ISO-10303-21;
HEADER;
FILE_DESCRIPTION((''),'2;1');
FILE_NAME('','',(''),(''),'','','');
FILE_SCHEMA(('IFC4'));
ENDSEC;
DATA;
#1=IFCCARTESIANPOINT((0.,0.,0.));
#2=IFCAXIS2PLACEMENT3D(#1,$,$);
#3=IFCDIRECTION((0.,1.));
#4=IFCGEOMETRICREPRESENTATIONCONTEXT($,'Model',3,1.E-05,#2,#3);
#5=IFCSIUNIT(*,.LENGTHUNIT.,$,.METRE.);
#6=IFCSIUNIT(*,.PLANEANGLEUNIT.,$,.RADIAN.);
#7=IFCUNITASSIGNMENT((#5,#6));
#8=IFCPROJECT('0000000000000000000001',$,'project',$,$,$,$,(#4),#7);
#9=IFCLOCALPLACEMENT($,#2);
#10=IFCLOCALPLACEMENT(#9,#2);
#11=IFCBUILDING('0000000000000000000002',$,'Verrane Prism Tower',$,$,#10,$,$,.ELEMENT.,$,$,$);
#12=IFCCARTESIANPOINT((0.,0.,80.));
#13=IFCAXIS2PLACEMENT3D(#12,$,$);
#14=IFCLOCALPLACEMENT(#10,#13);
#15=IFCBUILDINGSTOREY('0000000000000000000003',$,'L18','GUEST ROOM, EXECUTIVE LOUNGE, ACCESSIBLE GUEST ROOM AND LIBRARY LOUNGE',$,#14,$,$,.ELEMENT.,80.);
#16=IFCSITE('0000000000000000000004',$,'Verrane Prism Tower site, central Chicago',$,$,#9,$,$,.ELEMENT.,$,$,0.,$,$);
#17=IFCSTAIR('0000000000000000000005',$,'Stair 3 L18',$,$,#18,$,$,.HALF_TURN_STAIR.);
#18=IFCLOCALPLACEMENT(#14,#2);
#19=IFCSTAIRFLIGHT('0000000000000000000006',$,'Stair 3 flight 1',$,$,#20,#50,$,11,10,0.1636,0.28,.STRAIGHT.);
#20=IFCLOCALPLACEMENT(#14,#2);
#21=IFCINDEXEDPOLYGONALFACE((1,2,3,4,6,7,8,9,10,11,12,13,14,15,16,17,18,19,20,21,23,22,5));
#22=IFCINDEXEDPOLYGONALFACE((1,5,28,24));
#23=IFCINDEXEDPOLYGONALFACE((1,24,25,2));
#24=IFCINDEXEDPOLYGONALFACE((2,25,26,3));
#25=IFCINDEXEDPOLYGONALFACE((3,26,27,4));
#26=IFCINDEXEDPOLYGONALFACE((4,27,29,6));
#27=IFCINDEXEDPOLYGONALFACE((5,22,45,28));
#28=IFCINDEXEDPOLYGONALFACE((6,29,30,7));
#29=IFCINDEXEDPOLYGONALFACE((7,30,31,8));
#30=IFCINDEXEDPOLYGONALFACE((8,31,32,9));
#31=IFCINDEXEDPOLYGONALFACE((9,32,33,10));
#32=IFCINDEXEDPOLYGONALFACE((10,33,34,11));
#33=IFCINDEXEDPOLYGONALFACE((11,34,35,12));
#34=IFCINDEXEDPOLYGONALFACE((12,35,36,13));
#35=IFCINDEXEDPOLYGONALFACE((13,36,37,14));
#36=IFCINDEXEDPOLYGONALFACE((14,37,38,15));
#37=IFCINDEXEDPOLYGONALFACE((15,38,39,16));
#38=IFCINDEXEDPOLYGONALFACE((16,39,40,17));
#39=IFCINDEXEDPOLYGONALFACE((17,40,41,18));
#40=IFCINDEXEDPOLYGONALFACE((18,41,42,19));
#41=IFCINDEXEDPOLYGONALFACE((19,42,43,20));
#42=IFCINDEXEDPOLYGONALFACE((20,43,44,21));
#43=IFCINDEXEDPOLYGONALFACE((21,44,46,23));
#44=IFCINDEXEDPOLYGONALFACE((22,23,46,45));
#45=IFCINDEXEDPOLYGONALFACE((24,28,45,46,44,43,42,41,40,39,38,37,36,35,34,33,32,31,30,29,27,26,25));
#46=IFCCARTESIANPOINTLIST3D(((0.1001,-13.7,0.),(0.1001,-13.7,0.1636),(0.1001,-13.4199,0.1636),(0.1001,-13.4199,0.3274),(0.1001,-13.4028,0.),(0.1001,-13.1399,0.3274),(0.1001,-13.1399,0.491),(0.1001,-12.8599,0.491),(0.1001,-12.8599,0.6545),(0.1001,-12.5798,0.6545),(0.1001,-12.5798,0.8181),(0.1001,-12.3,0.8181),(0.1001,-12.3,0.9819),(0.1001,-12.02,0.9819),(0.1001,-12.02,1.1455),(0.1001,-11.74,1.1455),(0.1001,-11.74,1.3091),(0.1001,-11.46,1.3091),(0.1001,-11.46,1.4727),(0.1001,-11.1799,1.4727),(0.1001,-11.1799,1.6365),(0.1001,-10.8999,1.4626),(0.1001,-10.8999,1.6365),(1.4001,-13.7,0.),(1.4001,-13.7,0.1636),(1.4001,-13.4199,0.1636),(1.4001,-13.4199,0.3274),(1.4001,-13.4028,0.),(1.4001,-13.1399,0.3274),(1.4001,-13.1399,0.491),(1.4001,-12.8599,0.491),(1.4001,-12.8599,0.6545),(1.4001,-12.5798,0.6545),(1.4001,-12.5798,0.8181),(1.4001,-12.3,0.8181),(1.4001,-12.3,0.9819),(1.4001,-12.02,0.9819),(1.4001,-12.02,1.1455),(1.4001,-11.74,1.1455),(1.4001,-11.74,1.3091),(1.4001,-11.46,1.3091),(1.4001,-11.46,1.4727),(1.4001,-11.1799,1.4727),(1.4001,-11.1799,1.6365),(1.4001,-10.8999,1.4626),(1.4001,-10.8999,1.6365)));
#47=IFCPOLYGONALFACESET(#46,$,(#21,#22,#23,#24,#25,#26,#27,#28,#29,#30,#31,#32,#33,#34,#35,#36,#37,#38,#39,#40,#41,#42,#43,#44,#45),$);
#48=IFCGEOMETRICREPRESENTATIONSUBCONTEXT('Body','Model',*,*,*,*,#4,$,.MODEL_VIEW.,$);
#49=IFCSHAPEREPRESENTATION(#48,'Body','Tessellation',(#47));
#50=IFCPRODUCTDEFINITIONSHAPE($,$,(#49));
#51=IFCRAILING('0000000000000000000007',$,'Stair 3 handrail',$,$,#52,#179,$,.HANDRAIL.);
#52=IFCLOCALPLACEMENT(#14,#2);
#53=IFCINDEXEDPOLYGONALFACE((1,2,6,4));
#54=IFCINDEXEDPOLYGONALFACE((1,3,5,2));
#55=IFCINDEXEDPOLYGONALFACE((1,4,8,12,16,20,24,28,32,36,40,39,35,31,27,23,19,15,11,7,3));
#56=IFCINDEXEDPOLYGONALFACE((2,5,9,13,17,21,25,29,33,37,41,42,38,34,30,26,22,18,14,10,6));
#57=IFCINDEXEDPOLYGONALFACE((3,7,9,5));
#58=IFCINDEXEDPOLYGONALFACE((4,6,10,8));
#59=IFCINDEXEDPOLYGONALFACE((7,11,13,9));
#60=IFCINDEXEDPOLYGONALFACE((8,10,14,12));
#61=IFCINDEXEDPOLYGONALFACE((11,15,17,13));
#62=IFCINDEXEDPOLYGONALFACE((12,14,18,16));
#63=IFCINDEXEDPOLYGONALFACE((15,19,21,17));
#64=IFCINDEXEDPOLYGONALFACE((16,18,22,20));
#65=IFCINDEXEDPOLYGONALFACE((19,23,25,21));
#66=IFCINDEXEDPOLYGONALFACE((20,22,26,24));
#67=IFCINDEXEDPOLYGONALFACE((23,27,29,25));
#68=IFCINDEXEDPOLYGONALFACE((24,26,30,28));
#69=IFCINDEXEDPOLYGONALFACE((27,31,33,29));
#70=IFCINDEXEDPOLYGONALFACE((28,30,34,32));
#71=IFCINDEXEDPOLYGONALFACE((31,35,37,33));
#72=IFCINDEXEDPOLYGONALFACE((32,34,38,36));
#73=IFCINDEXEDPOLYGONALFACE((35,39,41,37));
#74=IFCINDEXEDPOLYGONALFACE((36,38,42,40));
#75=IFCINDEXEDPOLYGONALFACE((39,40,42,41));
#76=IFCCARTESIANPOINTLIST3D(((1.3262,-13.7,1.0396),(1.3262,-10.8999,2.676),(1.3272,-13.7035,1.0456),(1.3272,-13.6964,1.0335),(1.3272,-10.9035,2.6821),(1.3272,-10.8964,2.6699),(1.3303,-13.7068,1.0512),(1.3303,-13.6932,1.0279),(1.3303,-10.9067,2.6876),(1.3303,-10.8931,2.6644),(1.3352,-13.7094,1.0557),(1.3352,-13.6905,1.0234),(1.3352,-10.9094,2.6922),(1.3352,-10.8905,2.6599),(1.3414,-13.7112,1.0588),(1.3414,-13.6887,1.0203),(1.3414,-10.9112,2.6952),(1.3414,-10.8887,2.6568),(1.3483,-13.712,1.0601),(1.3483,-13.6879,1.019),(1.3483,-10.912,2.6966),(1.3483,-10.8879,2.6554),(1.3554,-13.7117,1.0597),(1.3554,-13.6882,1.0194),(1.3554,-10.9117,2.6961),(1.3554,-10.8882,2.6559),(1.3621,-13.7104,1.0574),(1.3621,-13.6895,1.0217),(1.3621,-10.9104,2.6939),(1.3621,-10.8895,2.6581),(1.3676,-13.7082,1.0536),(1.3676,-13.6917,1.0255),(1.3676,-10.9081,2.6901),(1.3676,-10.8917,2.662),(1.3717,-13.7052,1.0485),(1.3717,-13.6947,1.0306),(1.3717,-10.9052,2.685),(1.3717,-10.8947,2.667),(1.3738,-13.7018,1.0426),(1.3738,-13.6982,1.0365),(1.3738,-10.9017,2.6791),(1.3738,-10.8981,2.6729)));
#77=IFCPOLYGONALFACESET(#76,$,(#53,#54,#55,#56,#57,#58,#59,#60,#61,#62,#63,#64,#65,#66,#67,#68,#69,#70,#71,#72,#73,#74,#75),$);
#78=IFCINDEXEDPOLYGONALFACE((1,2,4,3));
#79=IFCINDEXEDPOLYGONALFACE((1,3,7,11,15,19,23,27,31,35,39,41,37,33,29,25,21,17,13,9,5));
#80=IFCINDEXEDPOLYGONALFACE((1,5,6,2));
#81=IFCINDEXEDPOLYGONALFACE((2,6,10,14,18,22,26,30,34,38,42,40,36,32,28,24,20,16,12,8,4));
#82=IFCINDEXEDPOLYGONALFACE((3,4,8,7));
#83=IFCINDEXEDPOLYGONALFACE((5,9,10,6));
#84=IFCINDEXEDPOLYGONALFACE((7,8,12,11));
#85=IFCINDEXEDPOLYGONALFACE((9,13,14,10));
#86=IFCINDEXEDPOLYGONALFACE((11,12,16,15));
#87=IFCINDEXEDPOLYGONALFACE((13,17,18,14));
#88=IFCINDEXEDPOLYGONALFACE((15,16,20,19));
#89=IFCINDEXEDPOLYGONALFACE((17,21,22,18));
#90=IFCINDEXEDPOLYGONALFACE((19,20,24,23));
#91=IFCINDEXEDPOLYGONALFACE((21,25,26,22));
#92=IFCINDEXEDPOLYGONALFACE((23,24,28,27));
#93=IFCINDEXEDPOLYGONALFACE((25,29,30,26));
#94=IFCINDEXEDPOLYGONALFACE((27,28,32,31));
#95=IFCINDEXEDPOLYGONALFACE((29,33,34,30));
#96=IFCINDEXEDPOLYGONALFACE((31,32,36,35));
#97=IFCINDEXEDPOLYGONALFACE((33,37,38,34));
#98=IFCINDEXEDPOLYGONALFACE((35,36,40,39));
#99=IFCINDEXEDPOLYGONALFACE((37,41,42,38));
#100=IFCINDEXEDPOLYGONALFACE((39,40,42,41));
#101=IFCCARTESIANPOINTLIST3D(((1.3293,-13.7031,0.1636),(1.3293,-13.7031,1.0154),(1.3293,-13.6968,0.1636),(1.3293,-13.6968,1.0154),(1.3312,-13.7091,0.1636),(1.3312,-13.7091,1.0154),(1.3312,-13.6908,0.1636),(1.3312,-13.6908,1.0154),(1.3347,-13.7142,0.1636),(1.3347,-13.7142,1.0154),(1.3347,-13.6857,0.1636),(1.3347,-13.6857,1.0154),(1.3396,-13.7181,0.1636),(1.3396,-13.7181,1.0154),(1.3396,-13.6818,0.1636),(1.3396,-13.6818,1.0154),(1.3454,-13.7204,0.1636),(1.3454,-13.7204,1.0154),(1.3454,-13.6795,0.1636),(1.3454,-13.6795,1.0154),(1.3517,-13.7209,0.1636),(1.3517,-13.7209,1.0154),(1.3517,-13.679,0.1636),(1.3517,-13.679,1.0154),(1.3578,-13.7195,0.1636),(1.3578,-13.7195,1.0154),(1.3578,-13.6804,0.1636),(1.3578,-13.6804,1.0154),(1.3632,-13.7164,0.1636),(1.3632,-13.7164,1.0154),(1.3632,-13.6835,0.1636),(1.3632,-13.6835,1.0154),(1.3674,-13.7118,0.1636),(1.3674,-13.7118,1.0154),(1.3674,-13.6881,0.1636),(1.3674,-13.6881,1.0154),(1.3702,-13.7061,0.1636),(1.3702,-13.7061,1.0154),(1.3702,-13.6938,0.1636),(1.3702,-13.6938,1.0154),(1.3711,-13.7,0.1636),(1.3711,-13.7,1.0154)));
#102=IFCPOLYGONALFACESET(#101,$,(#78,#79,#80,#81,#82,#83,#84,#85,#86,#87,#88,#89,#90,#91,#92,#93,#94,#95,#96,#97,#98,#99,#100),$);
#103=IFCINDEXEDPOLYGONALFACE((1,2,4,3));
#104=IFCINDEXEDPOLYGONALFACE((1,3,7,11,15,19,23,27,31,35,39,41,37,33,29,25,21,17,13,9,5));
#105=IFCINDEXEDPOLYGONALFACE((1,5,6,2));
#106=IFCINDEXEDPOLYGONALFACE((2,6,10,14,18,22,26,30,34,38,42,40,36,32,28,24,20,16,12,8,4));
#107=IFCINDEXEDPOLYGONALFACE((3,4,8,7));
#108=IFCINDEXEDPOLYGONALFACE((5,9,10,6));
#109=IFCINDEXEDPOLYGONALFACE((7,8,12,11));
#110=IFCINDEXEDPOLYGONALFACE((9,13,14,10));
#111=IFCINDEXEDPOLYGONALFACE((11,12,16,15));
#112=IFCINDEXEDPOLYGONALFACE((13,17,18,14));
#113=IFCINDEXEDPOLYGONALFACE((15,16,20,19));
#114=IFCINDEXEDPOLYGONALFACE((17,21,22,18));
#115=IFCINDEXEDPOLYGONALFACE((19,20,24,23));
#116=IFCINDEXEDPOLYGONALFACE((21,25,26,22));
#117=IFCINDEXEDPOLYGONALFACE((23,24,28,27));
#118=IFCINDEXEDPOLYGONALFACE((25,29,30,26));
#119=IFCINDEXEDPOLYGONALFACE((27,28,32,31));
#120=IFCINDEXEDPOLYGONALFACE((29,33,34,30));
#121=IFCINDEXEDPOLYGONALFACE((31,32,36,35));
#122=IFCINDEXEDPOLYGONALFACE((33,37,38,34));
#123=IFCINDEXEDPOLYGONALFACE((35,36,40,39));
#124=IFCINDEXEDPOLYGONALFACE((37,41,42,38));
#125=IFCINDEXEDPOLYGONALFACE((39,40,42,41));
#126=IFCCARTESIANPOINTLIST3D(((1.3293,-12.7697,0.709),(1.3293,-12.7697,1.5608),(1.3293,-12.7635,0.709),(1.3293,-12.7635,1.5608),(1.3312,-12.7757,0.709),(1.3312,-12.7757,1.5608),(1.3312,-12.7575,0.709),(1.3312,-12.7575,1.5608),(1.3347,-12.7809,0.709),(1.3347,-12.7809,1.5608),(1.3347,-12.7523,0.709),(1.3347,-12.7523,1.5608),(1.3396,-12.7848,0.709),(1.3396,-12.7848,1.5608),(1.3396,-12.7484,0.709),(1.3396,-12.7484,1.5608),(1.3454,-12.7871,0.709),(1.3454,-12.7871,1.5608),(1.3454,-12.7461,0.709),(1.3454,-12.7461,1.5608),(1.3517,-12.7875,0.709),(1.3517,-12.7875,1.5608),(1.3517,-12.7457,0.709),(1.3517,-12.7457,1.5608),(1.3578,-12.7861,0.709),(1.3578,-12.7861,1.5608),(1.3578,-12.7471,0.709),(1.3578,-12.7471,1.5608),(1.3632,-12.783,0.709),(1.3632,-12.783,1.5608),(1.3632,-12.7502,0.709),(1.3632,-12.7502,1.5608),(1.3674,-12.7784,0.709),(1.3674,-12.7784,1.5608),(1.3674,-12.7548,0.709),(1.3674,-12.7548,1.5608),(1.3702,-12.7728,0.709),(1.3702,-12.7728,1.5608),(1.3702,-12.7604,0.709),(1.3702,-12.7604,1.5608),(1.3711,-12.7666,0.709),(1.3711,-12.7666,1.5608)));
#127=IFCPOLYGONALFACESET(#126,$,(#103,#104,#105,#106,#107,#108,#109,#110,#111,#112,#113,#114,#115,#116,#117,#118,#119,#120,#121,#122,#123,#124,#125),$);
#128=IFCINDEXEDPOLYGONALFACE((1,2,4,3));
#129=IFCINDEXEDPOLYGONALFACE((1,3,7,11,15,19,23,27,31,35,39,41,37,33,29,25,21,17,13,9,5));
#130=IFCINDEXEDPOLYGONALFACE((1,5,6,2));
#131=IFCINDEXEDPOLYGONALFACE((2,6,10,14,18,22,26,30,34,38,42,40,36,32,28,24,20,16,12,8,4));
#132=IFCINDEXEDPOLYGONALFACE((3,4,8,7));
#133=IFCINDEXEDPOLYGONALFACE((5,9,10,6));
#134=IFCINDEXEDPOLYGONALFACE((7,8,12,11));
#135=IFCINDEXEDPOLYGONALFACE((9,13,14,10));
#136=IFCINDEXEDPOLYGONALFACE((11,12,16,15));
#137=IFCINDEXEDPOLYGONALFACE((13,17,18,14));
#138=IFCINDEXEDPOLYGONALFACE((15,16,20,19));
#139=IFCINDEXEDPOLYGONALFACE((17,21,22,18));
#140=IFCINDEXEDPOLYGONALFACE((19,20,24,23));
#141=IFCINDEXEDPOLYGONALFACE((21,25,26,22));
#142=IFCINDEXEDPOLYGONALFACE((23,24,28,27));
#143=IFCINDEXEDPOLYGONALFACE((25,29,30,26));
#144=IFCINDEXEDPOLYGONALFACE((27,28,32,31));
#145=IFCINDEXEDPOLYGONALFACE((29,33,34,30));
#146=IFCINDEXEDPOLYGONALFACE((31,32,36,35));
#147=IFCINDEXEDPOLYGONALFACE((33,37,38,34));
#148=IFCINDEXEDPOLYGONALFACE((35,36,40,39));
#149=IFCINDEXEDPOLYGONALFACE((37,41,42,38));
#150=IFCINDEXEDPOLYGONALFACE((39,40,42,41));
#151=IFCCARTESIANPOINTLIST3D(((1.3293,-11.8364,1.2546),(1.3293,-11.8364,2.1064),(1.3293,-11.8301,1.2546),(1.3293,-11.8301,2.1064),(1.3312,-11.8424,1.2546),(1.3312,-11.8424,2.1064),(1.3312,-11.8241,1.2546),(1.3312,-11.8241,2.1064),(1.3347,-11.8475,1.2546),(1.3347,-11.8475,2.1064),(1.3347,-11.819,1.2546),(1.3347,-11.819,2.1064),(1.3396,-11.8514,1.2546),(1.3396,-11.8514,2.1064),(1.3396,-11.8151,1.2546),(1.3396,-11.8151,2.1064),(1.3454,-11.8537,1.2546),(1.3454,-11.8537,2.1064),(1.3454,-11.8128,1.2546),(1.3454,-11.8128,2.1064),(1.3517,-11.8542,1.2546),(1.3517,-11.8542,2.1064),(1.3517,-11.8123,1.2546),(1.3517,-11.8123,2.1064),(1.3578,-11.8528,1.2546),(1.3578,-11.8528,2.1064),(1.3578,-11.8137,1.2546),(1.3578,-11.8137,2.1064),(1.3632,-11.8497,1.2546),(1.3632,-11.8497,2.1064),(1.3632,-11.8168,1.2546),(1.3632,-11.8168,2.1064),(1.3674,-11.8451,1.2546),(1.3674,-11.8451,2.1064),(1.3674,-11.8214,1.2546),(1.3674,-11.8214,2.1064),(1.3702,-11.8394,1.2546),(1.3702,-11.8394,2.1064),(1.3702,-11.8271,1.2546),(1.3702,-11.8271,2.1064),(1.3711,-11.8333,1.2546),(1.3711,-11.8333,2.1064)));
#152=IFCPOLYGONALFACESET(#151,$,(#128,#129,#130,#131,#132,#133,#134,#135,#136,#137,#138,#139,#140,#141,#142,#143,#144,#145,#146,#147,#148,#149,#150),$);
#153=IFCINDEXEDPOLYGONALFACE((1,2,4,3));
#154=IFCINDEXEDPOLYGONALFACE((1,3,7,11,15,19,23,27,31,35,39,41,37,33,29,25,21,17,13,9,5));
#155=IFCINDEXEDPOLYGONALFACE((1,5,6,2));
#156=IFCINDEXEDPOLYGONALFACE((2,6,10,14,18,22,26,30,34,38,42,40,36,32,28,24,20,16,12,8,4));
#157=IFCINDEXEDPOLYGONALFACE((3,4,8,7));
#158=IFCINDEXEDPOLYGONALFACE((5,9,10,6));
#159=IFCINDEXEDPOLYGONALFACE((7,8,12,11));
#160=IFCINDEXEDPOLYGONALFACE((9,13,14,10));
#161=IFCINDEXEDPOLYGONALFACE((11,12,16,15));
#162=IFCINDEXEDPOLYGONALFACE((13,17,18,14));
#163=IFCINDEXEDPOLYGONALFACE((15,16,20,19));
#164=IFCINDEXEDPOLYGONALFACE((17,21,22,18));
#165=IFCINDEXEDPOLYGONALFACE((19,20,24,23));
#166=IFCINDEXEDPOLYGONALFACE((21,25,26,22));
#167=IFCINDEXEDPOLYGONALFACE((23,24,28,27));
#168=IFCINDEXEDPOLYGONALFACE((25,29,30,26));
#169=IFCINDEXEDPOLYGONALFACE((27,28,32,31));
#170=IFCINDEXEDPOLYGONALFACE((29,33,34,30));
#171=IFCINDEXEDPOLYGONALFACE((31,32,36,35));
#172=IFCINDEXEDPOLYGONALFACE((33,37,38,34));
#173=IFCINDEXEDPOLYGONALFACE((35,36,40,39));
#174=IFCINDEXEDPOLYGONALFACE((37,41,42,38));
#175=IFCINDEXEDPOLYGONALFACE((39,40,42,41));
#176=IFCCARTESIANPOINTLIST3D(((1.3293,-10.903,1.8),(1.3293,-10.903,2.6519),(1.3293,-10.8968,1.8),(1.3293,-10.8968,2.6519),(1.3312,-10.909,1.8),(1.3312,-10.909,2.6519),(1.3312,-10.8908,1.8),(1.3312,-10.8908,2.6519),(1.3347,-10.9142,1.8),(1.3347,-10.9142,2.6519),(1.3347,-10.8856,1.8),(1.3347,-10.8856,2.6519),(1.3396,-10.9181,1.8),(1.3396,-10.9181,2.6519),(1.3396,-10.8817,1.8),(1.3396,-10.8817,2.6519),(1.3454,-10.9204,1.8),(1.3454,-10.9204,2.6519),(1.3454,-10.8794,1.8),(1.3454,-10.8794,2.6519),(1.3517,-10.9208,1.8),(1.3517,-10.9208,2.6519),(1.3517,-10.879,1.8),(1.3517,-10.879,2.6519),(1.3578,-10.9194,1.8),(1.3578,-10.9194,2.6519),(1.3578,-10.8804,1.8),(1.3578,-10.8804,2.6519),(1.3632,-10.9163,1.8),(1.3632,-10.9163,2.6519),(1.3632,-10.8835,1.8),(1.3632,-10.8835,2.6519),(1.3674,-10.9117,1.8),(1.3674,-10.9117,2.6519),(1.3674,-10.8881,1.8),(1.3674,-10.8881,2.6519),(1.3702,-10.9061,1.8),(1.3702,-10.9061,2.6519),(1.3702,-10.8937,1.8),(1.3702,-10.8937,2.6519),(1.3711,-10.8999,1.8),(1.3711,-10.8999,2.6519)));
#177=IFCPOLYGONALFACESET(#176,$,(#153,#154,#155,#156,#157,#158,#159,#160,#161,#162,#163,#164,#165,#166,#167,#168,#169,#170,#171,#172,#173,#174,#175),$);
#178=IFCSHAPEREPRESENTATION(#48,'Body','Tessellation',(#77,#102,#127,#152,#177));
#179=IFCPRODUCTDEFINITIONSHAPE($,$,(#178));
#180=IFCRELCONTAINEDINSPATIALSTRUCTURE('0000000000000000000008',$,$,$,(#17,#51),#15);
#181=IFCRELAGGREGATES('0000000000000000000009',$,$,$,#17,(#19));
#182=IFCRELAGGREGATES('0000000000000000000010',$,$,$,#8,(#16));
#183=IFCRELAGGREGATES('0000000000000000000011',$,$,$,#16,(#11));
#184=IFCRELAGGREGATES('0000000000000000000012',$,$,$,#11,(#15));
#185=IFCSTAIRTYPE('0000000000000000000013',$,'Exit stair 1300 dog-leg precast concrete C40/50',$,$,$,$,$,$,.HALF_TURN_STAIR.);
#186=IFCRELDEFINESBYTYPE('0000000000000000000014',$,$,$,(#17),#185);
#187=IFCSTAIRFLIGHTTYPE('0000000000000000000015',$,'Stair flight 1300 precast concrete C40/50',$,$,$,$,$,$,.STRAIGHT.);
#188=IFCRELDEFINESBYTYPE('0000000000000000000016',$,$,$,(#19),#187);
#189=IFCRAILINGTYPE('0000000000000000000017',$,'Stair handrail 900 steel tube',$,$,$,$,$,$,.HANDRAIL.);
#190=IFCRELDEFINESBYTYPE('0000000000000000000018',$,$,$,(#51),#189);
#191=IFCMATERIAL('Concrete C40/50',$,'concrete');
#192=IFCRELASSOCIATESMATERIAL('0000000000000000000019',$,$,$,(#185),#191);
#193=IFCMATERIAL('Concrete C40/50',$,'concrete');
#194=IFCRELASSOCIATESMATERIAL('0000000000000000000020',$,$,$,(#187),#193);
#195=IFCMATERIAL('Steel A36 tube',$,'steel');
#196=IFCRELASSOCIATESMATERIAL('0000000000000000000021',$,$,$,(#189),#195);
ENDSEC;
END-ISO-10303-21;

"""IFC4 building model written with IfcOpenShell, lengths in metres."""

from ifc_helpers import new_model, si_unit, direction, frame, origin, origin_2d, place, context, subcontext, project, spatial, polyline, circle, outline, extrude, material, type_object, element, aggregate, save


model = new_model("IFC4")

# Units and contexts
model_context = context("Model", 3, precision=1e-05, world=origin(), true_north=direction((0.0, 1.0)))
body_context = subcontext(model_context, "Body", "Model", "MODEL_VIEW")
ifc_project = project(units=[si_unit("LENGTHUNIT", "METRE"), si_unit("PLANEANGLEUNIT", "RADIAN")], contexts=[model_context])

# Site, building, storey
site_placement = place(None, origin())
site = spatial("IfcSite", under=ifc_project, at=site_placement, Name="Verrane Prism Tower site, central Chicago", CompositionType="ELEMENT", RefElevation=0.0)
building_placement = place(site_placement, origin())
building = spatial("IfcBuilding", under=site, at=building_placement, Name="Verrane Prism Tower", CompositionType="ELEMENT")
storey_placement = place(building_placement, frame((0.0, 0.0, 80.0)))
storey = spatial("IfcBuildingStorey", under=building, at=storey_placement, Name="L18", Description="GUEST ROOM, EXECUTIVE LOUNGE, ACCESSIBLE GUEST ROOM AND LIBRARY LOUNGE", CompositionType="ELEMENT", Elevation=80.0)

# Stair, stair flight
ifc_material_1 = material(Name="Concrete C40/50", Category="concrete")
stair_type = type_object("IfcStairType", Name="Exit stair 1300 dog-leg precast concrete C40/50", PredefinedType="HALF_TURN_STAIR", material=ifc_material_1)
stair_placement = place(storey_placement, origin())
stair = element("IfcStair", 1, at=stair_placement, inside=storey, type_object=stair_type, Name="Stair 3 L18", PredefinedType="HALF_TURN_STAIR")
ifc_material_2 = material(Name="Concrete C40/50", Category="concrete")
stair_flight_type = type_object("IfcStairFlightType", Name="Stair flight 1300 precast concrete C40/50", PredefinedType="STRAIGHT", material=ifc_material_2)
stair_flight_placement = place(storey_placement, frame((0.75, -13.7, 0.0), z_axis=(0.0, 0.0, 1.0), x_axis=(0.0, 1.0, 0.0)))
stair_flight = element("IfcStairFlight", 2, at=stair_flight_placement, type_object=stair_flight_type, Name="Stair 3 flight 1", NumberOfRisers=11, NumberOfTreads=10, PredefinedType="STRAIGHT", RiserHeight=0.1636, TreadLength=0.28, context=body_context, shape_type="SweptSolid", body=[
    extrude(outline(polyline([(0.0, 0.0), (0.0, 0.1636), (0.28, 0.1636), (0.28, 0.3274), (0.5601, 0.3274), (0.5601, 0.491), (0.8401, 0.491), (0.8401, 0.6545), (1.1201, 0.6545), (1.1201, 0.8181), (1.3999, 0.8181), (1.3999, 0.9819), (1.6799, 0.9819), (1.6799, 1.1455), (1.96, 1.1455), (1.96, 1.3091), (2.24, 1.3091), (2.24, 1.4727), (2.52, 1.4727), (2.52, 1.6365), (2.8, 1.6365), (2.8, 1.8), (2.8, 1.4626), (0.2971, 0.0), (0.0, 0.0)])), frame((0.0, 0.6499, 0.0), z_axis=(0.0, -1.0, 0.0), x_axis=(1.0, 0.0, 0.0)), (0.0, 0.0, 1.0), 1.3),
])
aggregate(stair, [stair_flight])

# Railing
ifc_material_3 = material(Name="Steel A36 tube", Category="steel")
railing_type_1 = type_object("IfcRailingType", Name="Stair handrail 900 steel tube", PredefinedType="HANDRAIL", material=ifc_material_3)
railing_1_placement = place(storey_placement, frame((1.3501, -13.7, 0.1636)))
element("IfcRailing", 3, at=railing_1_placement, inside=storey, type_object=railing_type_1, Name="Stair 3 handrail", PredefinedType="HANDRAIL", context=body_context, shape_type="SweptSolid", body=[
    extrude(circle(Radius=0.0239, at=origin_2d()), frame((0.0, 0.0, 0.876), z_axis=(0.0, 0.863361, 0.504587), x_axis=(-1.0, 0.0, 0.0)), (0.0, 0.0, 1.0), 3.2432),
    extrude(circle(Radius=0.021, at=origin_2d()), origin(), (0.0, 0.0, 1.0), 0.8518),
    extrude(circle(Radius=0.021, at=origin_2d()), frame((0.0, 0.9333, 0.5454)), (0.0, 0.0, 1.0), 0.8518),
    extrude(circle(Radius=0.021, at=origin_2d()), frame((0.0, 1.8667, 1.0911)), (0.0, 0.0, 1.0), 0.8518),
    extrude(circle(Radius=0.021, at=origin_2d()), frame((0.0, 2.8, 1.6365)), (0.0, 0.0, 1.0), 0.8518),
])

save(model, "model.ifc")
